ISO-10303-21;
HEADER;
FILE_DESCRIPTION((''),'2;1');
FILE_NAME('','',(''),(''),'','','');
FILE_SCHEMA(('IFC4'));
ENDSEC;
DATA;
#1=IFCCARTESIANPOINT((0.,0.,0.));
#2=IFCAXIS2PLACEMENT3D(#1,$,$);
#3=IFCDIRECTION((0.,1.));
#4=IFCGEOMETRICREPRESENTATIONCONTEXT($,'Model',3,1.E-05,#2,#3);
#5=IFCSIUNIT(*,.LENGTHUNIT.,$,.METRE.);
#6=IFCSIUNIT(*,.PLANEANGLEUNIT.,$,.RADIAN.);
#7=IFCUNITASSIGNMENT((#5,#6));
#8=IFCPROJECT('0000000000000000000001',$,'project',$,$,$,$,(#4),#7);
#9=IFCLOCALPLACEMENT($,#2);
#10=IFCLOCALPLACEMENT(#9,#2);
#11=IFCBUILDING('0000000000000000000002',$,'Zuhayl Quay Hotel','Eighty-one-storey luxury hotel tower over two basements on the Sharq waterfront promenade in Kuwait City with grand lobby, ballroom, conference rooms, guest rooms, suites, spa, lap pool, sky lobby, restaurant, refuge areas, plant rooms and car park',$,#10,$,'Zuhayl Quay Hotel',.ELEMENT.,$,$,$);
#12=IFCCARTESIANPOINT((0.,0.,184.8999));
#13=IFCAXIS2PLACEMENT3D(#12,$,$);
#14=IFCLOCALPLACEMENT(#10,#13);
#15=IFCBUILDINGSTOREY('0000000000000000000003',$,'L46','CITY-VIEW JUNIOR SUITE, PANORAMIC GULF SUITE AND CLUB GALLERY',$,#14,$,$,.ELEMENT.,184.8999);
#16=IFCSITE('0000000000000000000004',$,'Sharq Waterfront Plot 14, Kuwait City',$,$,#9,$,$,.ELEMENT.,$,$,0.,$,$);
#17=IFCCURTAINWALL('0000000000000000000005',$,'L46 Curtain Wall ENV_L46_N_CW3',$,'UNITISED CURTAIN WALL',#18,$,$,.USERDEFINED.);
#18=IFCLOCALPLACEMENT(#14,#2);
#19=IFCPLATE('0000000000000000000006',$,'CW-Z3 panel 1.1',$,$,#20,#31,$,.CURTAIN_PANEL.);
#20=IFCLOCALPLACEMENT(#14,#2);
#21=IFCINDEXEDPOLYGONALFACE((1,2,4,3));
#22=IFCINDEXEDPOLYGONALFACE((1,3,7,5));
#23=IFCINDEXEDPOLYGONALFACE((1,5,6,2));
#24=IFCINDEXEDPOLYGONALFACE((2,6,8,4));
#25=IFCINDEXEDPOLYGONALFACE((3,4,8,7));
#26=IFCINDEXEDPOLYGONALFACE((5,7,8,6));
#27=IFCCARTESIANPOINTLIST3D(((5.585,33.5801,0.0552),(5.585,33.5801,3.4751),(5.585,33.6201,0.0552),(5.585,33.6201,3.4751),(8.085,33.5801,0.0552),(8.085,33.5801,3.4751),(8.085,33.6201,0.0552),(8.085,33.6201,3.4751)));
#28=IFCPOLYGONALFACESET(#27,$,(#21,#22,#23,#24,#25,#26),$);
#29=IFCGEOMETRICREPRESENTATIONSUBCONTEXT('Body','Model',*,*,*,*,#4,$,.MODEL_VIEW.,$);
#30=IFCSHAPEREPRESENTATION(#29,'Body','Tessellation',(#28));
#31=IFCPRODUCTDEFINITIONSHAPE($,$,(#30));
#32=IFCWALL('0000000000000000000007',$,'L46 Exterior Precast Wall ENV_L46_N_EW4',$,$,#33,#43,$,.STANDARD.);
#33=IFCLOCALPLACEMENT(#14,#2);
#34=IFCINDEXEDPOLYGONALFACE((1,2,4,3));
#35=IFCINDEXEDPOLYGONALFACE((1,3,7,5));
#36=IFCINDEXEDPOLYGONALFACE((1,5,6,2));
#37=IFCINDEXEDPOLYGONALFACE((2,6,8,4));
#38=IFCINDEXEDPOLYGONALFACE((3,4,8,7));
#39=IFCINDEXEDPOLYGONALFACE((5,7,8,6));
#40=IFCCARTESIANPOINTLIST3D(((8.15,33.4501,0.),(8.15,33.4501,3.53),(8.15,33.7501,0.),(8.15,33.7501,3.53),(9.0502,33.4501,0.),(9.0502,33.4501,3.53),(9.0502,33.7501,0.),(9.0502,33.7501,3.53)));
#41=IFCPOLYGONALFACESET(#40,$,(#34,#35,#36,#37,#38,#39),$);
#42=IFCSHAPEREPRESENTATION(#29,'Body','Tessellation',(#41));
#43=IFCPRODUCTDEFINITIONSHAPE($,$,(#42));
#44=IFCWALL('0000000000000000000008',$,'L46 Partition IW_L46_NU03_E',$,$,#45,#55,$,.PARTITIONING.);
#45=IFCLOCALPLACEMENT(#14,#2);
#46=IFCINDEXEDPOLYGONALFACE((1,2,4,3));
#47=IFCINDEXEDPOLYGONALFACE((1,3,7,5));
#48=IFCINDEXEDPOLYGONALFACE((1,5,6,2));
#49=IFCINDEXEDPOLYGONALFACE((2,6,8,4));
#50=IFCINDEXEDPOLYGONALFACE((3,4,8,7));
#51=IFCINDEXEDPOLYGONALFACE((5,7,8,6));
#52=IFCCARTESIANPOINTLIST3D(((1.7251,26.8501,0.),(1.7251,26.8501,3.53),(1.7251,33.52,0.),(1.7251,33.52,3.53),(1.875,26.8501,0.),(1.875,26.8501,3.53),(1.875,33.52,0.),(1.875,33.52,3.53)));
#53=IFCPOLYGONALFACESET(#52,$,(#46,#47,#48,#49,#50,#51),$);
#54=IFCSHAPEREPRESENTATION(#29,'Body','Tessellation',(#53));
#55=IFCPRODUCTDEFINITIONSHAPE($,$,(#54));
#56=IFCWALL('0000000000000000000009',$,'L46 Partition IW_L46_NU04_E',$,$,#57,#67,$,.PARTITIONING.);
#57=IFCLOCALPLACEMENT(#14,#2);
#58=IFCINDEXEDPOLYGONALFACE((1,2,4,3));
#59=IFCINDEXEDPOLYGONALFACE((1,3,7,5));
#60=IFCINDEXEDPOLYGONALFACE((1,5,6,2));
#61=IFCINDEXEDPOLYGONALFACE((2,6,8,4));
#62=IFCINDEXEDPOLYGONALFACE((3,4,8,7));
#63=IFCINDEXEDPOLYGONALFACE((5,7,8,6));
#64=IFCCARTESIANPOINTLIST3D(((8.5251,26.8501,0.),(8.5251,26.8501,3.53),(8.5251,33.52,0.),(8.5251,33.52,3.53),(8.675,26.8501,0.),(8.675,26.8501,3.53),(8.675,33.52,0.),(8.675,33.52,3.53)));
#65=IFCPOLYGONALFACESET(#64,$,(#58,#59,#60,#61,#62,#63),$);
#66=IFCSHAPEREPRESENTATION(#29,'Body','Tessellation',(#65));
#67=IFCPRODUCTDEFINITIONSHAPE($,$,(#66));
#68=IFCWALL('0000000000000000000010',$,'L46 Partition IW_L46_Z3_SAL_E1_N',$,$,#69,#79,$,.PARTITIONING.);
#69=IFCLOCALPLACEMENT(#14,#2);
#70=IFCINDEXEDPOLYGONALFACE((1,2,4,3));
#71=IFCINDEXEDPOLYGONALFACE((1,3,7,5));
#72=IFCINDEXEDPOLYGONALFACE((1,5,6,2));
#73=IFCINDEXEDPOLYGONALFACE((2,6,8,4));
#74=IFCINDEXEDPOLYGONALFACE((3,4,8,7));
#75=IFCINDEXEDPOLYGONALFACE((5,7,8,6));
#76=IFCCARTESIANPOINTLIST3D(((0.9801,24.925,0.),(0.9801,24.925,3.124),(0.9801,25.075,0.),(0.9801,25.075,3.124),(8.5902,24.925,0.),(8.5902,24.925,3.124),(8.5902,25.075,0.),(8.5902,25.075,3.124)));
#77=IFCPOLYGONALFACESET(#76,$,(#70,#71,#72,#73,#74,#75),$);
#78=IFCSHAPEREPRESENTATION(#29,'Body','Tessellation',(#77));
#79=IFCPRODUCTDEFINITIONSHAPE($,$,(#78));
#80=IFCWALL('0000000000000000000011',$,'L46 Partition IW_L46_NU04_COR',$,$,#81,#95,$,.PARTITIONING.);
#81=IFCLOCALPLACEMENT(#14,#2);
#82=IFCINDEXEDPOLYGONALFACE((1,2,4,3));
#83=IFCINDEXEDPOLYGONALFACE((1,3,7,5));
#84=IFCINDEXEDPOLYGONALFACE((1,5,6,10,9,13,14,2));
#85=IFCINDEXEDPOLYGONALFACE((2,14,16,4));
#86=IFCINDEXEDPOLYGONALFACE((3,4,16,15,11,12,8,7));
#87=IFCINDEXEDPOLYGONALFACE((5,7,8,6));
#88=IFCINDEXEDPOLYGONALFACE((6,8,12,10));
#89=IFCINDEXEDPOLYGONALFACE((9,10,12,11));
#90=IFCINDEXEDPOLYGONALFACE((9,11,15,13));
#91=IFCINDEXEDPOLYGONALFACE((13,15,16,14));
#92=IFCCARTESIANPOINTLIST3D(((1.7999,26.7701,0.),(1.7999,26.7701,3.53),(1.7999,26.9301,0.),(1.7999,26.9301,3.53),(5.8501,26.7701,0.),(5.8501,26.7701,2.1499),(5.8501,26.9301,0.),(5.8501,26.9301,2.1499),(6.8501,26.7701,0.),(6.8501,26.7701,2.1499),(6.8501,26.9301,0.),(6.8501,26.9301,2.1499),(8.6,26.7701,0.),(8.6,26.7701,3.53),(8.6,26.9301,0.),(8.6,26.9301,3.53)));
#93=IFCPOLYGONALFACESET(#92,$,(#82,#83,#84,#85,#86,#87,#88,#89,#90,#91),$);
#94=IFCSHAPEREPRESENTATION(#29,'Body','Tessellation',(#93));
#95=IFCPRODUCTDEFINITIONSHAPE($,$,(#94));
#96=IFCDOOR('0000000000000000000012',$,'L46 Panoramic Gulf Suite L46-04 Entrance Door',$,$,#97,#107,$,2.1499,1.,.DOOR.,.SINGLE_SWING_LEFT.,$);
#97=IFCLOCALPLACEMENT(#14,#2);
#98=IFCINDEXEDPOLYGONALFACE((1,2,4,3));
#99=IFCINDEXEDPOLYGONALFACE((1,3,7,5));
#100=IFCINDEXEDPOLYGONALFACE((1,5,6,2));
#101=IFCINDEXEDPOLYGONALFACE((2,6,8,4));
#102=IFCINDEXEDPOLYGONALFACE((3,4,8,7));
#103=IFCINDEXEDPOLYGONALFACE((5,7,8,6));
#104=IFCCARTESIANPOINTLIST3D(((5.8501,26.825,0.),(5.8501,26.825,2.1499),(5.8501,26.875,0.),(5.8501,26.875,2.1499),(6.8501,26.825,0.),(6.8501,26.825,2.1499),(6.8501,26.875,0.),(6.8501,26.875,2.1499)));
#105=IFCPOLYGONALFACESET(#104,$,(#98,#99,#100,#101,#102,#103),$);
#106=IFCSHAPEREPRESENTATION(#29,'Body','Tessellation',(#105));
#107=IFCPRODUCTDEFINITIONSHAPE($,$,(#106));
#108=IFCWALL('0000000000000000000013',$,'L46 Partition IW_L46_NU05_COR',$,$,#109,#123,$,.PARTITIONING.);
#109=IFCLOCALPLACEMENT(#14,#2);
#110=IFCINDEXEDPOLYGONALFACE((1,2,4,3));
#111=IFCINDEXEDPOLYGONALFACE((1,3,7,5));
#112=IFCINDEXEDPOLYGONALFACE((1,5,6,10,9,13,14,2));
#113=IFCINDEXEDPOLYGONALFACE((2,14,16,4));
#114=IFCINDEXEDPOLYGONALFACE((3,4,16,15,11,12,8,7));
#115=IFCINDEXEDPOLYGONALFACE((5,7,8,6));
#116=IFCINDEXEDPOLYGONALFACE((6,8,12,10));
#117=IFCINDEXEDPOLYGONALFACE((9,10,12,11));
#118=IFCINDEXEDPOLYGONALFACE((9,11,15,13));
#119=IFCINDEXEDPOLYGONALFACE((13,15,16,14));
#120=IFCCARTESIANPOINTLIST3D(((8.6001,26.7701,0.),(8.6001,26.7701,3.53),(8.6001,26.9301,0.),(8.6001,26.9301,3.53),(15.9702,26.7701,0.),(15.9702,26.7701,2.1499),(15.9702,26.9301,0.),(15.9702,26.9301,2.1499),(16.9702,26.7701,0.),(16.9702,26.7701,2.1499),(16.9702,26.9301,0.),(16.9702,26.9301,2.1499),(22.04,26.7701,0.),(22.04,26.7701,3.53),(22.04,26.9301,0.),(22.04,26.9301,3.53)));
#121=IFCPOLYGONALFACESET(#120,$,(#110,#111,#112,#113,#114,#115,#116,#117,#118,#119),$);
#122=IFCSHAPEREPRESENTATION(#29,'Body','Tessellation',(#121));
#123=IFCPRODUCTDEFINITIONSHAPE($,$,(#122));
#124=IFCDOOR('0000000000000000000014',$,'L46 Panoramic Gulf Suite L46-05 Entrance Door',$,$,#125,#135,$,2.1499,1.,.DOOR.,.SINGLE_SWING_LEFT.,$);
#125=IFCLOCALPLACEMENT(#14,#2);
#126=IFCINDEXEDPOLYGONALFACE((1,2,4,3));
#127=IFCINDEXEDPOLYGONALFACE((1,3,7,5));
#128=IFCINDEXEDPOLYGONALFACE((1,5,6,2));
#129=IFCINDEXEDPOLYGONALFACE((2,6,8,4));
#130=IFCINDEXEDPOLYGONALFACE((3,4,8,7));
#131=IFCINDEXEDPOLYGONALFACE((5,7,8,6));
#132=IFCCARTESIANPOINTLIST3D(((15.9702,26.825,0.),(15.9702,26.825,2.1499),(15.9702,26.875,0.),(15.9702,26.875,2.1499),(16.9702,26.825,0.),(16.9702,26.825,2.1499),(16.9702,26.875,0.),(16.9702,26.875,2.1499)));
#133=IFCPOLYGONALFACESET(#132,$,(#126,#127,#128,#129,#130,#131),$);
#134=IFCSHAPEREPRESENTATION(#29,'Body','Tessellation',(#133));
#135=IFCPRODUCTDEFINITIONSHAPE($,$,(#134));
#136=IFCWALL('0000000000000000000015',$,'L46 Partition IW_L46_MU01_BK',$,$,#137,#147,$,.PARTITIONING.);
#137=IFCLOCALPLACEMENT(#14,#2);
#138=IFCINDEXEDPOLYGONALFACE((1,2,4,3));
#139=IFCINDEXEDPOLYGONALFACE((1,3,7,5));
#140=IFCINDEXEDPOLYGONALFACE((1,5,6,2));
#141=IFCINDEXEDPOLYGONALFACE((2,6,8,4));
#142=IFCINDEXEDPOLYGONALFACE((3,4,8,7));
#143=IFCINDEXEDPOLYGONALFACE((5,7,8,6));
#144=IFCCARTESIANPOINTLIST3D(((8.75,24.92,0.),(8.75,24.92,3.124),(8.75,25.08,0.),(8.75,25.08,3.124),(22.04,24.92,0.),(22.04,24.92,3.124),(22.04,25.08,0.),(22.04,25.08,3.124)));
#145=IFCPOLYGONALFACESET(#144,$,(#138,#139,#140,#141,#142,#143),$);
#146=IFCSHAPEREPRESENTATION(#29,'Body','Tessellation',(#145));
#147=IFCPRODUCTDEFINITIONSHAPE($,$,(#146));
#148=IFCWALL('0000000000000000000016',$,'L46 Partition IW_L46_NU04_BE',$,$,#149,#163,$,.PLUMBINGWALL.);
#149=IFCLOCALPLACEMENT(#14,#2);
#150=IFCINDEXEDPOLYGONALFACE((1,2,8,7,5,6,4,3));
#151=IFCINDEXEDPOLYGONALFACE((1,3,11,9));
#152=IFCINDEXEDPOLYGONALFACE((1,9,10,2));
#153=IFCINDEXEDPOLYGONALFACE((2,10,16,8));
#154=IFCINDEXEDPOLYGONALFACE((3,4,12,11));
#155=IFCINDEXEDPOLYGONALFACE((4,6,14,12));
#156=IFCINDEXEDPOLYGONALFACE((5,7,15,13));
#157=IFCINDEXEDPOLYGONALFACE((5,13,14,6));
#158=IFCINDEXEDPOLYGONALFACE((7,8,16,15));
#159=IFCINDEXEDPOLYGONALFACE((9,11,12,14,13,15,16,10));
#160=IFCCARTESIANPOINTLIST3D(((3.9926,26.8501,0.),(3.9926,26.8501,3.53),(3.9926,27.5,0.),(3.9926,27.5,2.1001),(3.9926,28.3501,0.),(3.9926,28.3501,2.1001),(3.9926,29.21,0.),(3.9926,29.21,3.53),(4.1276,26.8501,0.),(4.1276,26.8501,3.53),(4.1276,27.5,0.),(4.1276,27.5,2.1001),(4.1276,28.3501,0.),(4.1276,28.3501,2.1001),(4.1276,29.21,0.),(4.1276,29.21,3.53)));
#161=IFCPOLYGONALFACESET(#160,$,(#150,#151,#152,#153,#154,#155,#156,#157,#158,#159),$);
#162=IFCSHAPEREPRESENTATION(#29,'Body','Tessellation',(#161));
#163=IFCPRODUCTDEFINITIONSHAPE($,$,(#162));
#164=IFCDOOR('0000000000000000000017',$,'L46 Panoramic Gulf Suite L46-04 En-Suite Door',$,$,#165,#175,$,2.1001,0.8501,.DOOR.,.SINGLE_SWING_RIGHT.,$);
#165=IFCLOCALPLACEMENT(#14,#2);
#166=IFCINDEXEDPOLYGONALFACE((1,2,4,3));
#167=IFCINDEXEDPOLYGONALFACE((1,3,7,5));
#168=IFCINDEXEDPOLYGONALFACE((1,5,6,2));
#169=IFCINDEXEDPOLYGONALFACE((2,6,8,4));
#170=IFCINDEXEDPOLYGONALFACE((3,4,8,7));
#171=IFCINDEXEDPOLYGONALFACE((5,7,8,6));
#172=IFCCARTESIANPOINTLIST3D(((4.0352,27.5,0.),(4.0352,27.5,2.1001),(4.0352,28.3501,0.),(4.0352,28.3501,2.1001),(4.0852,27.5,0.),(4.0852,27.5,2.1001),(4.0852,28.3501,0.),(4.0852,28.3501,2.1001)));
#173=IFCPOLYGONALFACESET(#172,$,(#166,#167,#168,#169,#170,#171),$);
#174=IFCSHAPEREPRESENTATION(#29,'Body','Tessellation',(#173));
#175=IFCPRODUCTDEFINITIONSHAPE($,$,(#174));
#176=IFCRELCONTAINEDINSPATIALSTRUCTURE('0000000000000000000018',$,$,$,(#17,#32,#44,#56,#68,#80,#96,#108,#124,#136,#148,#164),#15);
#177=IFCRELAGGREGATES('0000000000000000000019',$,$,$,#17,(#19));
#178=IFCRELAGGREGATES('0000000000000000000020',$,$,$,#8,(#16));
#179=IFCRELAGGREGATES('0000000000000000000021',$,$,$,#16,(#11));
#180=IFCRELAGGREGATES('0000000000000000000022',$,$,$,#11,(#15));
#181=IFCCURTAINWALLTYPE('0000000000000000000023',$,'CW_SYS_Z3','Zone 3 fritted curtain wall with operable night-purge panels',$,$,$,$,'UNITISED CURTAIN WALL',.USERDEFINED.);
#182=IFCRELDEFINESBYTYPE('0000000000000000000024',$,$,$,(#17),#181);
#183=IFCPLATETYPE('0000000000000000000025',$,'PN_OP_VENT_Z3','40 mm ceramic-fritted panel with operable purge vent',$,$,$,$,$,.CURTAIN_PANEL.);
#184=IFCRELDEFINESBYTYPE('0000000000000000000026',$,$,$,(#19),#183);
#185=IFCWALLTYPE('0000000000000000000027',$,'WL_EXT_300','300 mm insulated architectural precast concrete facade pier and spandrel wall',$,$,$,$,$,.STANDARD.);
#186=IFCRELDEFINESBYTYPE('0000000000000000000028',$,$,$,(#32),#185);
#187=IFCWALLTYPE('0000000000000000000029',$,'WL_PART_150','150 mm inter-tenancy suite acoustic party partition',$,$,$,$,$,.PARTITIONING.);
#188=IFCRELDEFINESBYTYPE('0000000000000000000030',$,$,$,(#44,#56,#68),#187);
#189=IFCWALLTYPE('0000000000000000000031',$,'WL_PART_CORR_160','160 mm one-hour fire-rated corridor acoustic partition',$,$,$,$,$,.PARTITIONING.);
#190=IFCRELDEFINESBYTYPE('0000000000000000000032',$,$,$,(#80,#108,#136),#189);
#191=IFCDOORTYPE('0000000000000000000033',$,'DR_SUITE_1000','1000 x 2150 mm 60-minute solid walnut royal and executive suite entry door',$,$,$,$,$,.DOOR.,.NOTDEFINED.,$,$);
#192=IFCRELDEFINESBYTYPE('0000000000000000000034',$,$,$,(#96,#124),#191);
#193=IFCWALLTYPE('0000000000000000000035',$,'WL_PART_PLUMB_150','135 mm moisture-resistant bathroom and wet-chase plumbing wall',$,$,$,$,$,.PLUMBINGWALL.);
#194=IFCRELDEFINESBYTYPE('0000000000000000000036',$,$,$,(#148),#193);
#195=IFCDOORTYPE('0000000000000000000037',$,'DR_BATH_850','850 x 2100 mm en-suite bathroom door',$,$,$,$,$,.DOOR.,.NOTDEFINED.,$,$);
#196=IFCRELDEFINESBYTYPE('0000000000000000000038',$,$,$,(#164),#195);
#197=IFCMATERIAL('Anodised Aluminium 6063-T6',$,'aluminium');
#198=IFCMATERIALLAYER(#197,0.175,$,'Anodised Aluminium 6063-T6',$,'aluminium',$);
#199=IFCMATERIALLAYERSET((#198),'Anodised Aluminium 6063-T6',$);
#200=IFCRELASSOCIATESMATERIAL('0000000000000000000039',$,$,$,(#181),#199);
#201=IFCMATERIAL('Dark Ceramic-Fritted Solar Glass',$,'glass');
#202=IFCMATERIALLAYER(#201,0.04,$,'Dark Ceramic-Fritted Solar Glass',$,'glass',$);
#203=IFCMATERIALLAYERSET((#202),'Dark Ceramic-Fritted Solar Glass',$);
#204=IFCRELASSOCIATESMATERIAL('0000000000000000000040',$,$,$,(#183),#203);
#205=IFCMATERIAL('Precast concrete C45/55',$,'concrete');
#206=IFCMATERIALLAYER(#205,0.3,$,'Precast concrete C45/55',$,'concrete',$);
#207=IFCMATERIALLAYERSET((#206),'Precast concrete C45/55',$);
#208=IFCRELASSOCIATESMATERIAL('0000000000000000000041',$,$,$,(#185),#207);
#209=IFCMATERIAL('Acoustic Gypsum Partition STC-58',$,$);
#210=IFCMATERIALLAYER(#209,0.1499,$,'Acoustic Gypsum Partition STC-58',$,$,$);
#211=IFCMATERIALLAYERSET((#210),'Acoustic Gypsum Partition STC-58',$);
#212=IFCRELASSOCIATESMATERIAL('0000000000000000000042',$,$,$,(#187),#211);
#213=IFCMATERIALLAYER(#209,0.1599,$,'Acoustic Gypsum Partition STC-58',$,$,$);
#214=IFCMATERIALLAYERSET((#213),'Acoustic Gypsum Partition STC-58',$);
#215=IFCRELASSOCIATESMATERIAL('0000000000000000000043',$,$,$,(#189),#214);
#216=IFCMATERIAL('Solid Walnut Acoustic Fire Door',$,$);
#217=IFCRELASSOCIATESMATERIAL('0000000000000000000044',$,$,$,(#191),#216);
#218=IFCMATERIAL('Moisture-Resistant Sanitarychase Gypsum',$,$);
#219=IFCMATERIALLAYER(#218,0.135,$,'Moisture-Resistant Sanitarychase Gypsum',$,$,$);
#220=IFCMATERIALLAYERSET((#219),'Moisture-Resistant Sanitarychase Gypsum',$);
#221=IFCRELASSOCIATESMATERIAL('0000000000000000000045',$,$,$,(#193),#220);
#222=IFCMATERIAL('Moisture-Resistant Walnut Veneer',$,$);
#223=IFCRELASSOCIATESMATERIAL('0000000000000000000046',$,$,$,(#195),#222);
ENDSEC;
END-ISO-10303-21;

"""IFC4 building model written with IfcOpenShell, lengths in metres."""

from ifc_helpers import new_model, si_unit, direction, frame, frame_2d, origin, origin_2d, place, context, subcontext, project, spatial, rectangle, extrude, material, layer, layer_set, type_object, element, fill, aggregate, save


model = new_model("IFC4")

# Units and contexts
model_context = context("Model", 3, precision=1e-05, world=origin(), true_north=direction((0.0, 1.0)))
body_context = subcontext(model_context, "Body", "Model", "MODEL_VIEW")
ifc_project = project(units=[si_unit("LENGTHUNIT", "METRE"), si_unit("PLANEANGLEUNIT", "RADIAN")], contexts=[model_context])

# Site, building, storey
site_placement = place(None, origin())
site = spatial("IfcSite", under=ifc_project, at=site_placement, Name="Sharq Waterfront Plot 14, Kuwait City", CompositionType="ELEMENT", RefElevation=0.0)
building_placement = place(site_placement, origin())
building = spatial("IfcBuilding", under=site, at=building_placement, Name="Zuhayl Quay Hotel", Description="Eighty-one-storey luxury hotel tower over two basements on the Sharq waterfront promenade in Kuwait City with grand lobby, ballroom, conference rooms, guest rooms, suites, spa, lap pool, sky lobby, restaurant, refuge areas, plant rooms and car park", LongName="Zuhayl Quay Hotel", CompositionType="ELEMENT")
storey_placement = place(building_placement, frame((0.0, 0.0, 184.8999)))
storey = spatial("IfcBuildingStorey", under=building, at=storey_placement, Name="L46", Description="CITY-VIEW JUNIOR SUITE, PANORAMIC GULF SUITE AND CLUB GALLERY", CompositionType="ELEMENT", Elevation=184.8999)

# Curtain wall, plate
ifc_material_1 = material(Name="Anodised Aluminium 6063-T6", Category="aluminium")
ifc_layer_1 = layer(ifc_material_1, 0.175, Name="Anodised Aluminium 6063-T6", Category="aluminium")
ifc_layer_set_1 = layer_set([ifc_layer_1], Name="Anodised Aluminium 6063-T6")
curtain_wall_type = type_object("IfcCurtainWallType", Name="CW_SYS_Z3", Description="Zone 3 fritted curtain wall with operable night-purge panels", ElementType="UNITISED CURTAIN WALL", PredefinedType="USERDEFINED", material=ifc_layer_set_1)
curtain_wall_placement = place(storey_placement, origin())
curtain_wall = element("IfcCurtainWall", 1, at=curtain_wall_placement, inside=storey, type_object=curtain_wall_type, Name="L46 Curtain Wall ENV_L46_N_CW3", ObjectType="UNITISED CURTAIN WALL", PredefinedType="USERDEFINED")
ifc_material_2 = material(Name="Dark Ceramic-Fritted Solar Glass", Category="glass")
ifc_layer_2 = layer(ifc_material_2, 0.04, Name="Dark Ceramic-Fritted Solar Glass", Category="glass")
ifc_layer_set_2 = layer_set([ifc_layer_2], Name="Dark Ceramic-Fritted Solar Glass")
plate_type = type_object("IfcPlateType", Name="PN_OP_VENT_Z3", Description="40 mm ceramic-fritted panel with operable purge vent", PredefinedType="CURTAIN_PANEL", material=ifc_layer_set_2)
plate_placement = place(storey_placement, frame((6.835, 33.6001, 0.0552), z_axis=(0.0, 0.0, 1.0), x_axis=(1.0, 0.0, 0.0)))
plate = element("IfcPlate", 2, at=plate_placement, type_object=plate_type, Name="CW-Z3 panel 1.1", PredefinedType="CURTAIN_PANEL", context=body_context, shape_type="SweptSolid", body=[
    extrude(rectangle(XDim=2.5, YDim=0.04, at=origin_2d()), origin(), (0.0, 0.0, 1.0), 3.4199),
])
aggregate(curtain_wall, [plate])

# Walls
ifc_material_3 = material(Name="Precast concrete C45/55", Category="concrete")
ifc_layer_3 = layer(ifc_material_3, 0.3, Name="Precast concrete C45/55", Category="concrete")
ifc_layer_set_3 = layer_set([ifc_layer_3], Name="Precast concrete C45/55")
wall_type_1 = type_object("IfcWallType", Name="WL_EXT_300", Description="300 mm insulated architectural precast concrete facade pier and spandrel wall", PredefinedType="STANDARD", material=ifc_layer_set_3)
wall_1_placement = place(storey_placement, frame((8.1499, 33.6001, 0.0), z_axis=(0.0, 0.0, 1.0), x_axis=(1.0, 0.0, 0.0)))
element("IfcWall", 3, at=wall_1_placement, inside=storey, type_object=wall_type_1, Name="L46 Exterior Precast Wall ENV_L46_N_EW4", PredefinedType="STANDARD", context=body_context, shape_type="SweptSolid", body=[
    extrude(rectangle(XDim=0.9001, YDim=0.3, at=frame_2d((0.4502, 0.0))), origin(), (0.0, 0.0, 1.0), 3.53),
])
ifc_material_4 = material(Name="Acoustic Gypsum Partition STC-58")
ifc_layer_4 = layer(ifc_material_4, 0.1499, Name="Acoustic Gypsum Partition STC-58")
ifc_layer_set_4 = layer_set([ifc_layer_4], Name="Acoustic Gypsum Partition STC-58")
wall_type_2 = type_object("IfcWallType", Name="WL_PART_150", Description="150 mm inter-tenancy suite acoustic party partition", PredefinedType="PARTITIONING", material=ifc_layer_set_4)
for number, where, z_axis, x_axis, name in (
    (4, (1.8, 26.8501, 0.0), (0.0, 0.0, 1.0), (0.0, 1.0, 0.0), "L46 Partition IW_L46_NU03_E"),
    (5, (8.6001, 26.8501, 0.0), (0.0, 0.0, 1.0), (0.0, 1.0, 0.0), "L46 Partition IW_L46_NU04_E"),
):
    element("IfcWall", number, at=place(storey_placement, frame(where, z_axis=z_axis, x_axis=x_axis)), inside=storey, type_object=wall_type_2, Name=name, PredefinedType="PARTITIONING", context=body_context, shape_type="SweptSolid", body=[
        extrude(rectangle(XDim=6.6699, YDim=0.1499, at=frame_2d((3.335, 0.0))), origin(), (0.0, 0.0, 1.0), 3.53),
    ])
wall_2_placement = place(storey_placement, frame((0.98, 25.0, 0.0), z_axis=(0.0, 0.0, 1.0), x_axis=(1.0, 0.0, 0.0)))
element("IfcWall", 6, at=wall_2_placement, inside=storey, type_object=wall_type_2, Name="L46 Partition IW_L46_Z3_SAL_E1_N", PredefinedType="PARTITIONING", context=body_context, shape_type="SweptSolid", body=[
    extrude(rectangle(XDim=7.6101, YDim=0.1499, at=frame_2d((3.8052, 0.0))), origin(), (0.0, 0.0, 1.0), 3.124),
])

# Walls, openings, doors
ifc_layer_5 = layer(ifc_material_4, 0.1599, Name="Acoustic Gypsum Partition STC-58")
ifc_layer_set_5 = layer_set([ifc_layer_5], Name="Acoustic Gypsum Partition STC-58")
wall_type_3 = type_object("IfcWallType", Name="WL_PART_CORR_160", Description="160 mm one-hour fire-rated corridor acoustic partition", PredefinedType="PARTITIONING", material=ifc_layer_set_5)
wall_3_placement = place(storey_placement, frame((1.8, 26.8501, 0.0), z_axis=(0.0, 0.0, 1.0), x_axis=(1.0, 0.0, 0.0)))
wall_3 = element("IfcWall", 7, at=wall_3_placement, inside=storey, type_object=wall_type_3, Name="L46 Partition IW_L46_NU04_COR", PredefinedType="PARTITIONING", context=body_context, shape_type="SweptSolid", body=[
    extrude(rectangle(XDim=6.8, YDim=0.1599, at=frame_2d((3.3999, 0.0))), origin(), (0.0, 0.0, 1.0), 3.53),
])
opening_1_placement = place(wall_3_placement, frame((4.05, 0.0, 0.0)))
opening_1 = element("IfcOpeningElement", 8, at=opening_1_placement, cuts=wall_3, PredefinedType="OPENING", context=body_context, shape_type="SweptSolid", body=[
    extrude(rectangle(XDim=1.0, YDim=2.1499, at=frame_2d((0.5, 1.075))), frame((0.0, 0.0898, 0.0), z_axis=(0.0, -1.0, 0.0), x_axis=(1.0, 0.0, 0.0)), (0.0, 0.0, 1.0), 0.1799),
])
ifc_material_5 = material(Name="Solid Walnut Acoustic Fire Door")
door_type_1 = type_object("IfcDoorType", Name="DR_SUITE_1000", Description="1000 x 2150 mm 60-minute solid walnut royal and executive suite entry door", OperationType="NOTDEFINED", PredefinedType="DOOR", material=ifc_material_5)
door_1_placement = place(opening_1_placement, origin())
door_1 = element("IfcDoor", 9, at=door_1_placement, inside=storey, type_object=door_type_1, Name="L46 Panoramic Gulf Suite L46-04 Entrance Door", OperationType="SINGLE_SWING_LEFT", OverallHeight=2.1499, OverallWidth=1.0, PredefinedType="DOOR", context=body_context, shape_type="SweptSolid", body=[
    extrude(rectangle(XDim=1.0, YDim=2.1499, at=frame_2d((0.5, 1.075))), frame((0.0, 0.0249, 0.0), z_axis=(0.0, -1.0, 0.0), x_axis=(1.0, 0.0, 0.0)), (0.0, 0.0, 1.0), 0.05),
])
fill(opening_1, door_1)
wall_4_placement = place(storey_placement, frame((8.6001, 26.8501, 0.0), z_axis=(0.0, 0.0, 1.0), x_axis=(1.0, 0.0, 0.0)))
wall_4 = element("IfcWall", 10, at=wall_4_placement, inside=storey, type_object=wall_type_3, Name="L46 Partition IW_L46_NU05_COR", PredefinedType="PARTITIONING", context=body_context, shape_type="SweptSolid", body=[
    extrude(rectangle(XDim=13.4399, YDim=0.1599, at=frame_2d((6.72, 0.0))), origin(), (0.0, 0.0, 1.0), 3.53),
])
opening_2_placement = place(wall_4_placement, frame((7.3701, 0.0, 0.0)))
opening_2 = element("IfcOpeningElement", 11, at=opening_2_placement, cuts=wall_4, PredefinedType="OPENING", context=body_context, shape_type="SweptSolid", body=[
    extrude(rectangle(XDim=1.0, YDim=2.1499, at=frame_2d((0.5, 1.075))), frame((0.0, 0.0898, 0.0), z_axis=(0.0, -1.0, 0.0), x_axis=(1.0, 0.0, 0.0)), (0.0, 0.0, 1.0), 0.1799),
])
door_2_placement = place(opening_2_placement, origin())
door_2 = element("IfcDoor", 12, at=door_2_placement, inside=storey, type_object=door_type_1, Name="L46 Panoramic Gulf Suite L46-05 Entrance Door", OperationType="SINGLE_SWING_LEFT", OverallHeight=2.1499, OverallWidth=1.0, PredefinedType="DOOR", context=body_context, shape_type="SweptSolid", body=[
    extrude(rectangle(XDim=1.0, YDim=2.1499, at=frame_2d((0.5, 1.075))), frame((0.0, 0.0249, 0.0), z_axis=(0.0, -1.0, 0.0), x_axis=(1.0, 0.0, 0.0)), (0.0, 0.0, 1.0), 0.05),
])
fill(opening_2, door_2)

# Wall
wall_5_placement = place(storey_placement, frame((8.75, 25.0, 0.0), z_axis=(0.0, 0.0, 1.0), x_axis=(1.0, 0.0, 0.0)))
element("IfcWall", 13, at=wall_5_placement, inside=storey, type_object=wall_type_3, Name="L46 Partition IW_L46_MU01_BK", PredefinedType="PARTITIONING", context=body_context, shape_type="SweptSolid", body=[
    extrude(rectangle(XDim=13.29, YDim=0.1599, at=frame_2d((6.645, 0.0))), origin(), (0.0, 0.0, 1.0), 3.124),
])

# Wall, opening, door
ifc_material_6 = material(Name="Moisture-Resistant Sanitarychase Gypsum")
ifc_layer_6 = layer(ifc_material_6, 0.135, Name="Moisture-Resistant Sanitarychase Gypsum")
ifc_layer_set_6 = layer_set([ifc_layer_6], Name="Moisture-Resistant Sanitarychase Gypsum")
wall_type_4 = type_object("IfcWallType", Name="WL_PART_PLUMB_150", Description="135 mm moisture-resistant bathroom and wet-chase plumbing wall", PredefinedType="PLUMBINGWALL", material=ifc_layer_set_6)
wall_6_placement = place(storey_placement, frame((4.0601, 26.8501, 0.0), z_axis=(0.0, 0.0, 1.0), x_axis=(0.0, 1.0, 0.0)))
wall_6 = element("IfcWall", 14, at=wall_6_placement, inside=storey, type_object=wall_type_4, Name="L46 Partition IW_L46_NU04_BE", PredefinedType="PLUMBINGWALL", context=body_context, shape_type="SweptSolid", body=[
    extrude(rectangle(XDim=2.3599, YDim=0.135, at=frame_2d((1.1799, 0.0))), origin(), (0.0, 0.0, 1.0), 3.53),
])
opening_3_placement = place(wall_6_placement, frame((0.6499, 0.0, 0.0)))
opening_3 = element("IfcOpeningElement", 15, at=opening_3_placement, cuts=wall_6, PredefinedType="OPENING", context=body_context, shape_type="SweptSolid", body=[
    extrude(rectangle(XDim=0.8501, YDim=2.1001, at=frame_2d((0.425, 1.05))), frame((0.0, 0.0774, 0.0), z_axis=(0.0, -1.0, 0.0), x_axis=(1.0, 0.0, 0.0)), (0.0, 0.0, 1.0), 0.155),
])
ifc_material_7 = material(Name="Moisture-Resistant Walnut Veneer")
door_type_2 = type_object("IfcDoorType", Name="DR_BATH_850", Description="850 x 2100 mm en-suite bathroom door", OperationType="NOTDEFINED", PredefinedType="DOOR", material=ifc_material_7)
door_3_placement = place(opening_3_placement, origin())
door_3 = element("IfcDoor", 16, at=door_3_placement, inside=storey, type_object=door_type_2, Name="L46 Panoramic Gulf Suite L46-04 En-Suite Door", OperationType="SINGLE_SWING_RIGHT", OverallHeight=2.1001, OverallWidth=0.8501, PredefinedType="DOOR", context=body_context, shape_type="SweptSolid", body=[
    extrude(rectangle(XDim=0.8501, YDim=2.1001, at=frame_2d((0.425, 1.05))), frame((0.0, 0.0249, 0.0), z_axis=(0.0, -1.0, 0.0), x_axis=(1.0, 0.0, 0.0)), (0.0, 0.0, 1.0), 0.05),
])
fill(opening_3, door_3)

save(model, "model.ifc")
